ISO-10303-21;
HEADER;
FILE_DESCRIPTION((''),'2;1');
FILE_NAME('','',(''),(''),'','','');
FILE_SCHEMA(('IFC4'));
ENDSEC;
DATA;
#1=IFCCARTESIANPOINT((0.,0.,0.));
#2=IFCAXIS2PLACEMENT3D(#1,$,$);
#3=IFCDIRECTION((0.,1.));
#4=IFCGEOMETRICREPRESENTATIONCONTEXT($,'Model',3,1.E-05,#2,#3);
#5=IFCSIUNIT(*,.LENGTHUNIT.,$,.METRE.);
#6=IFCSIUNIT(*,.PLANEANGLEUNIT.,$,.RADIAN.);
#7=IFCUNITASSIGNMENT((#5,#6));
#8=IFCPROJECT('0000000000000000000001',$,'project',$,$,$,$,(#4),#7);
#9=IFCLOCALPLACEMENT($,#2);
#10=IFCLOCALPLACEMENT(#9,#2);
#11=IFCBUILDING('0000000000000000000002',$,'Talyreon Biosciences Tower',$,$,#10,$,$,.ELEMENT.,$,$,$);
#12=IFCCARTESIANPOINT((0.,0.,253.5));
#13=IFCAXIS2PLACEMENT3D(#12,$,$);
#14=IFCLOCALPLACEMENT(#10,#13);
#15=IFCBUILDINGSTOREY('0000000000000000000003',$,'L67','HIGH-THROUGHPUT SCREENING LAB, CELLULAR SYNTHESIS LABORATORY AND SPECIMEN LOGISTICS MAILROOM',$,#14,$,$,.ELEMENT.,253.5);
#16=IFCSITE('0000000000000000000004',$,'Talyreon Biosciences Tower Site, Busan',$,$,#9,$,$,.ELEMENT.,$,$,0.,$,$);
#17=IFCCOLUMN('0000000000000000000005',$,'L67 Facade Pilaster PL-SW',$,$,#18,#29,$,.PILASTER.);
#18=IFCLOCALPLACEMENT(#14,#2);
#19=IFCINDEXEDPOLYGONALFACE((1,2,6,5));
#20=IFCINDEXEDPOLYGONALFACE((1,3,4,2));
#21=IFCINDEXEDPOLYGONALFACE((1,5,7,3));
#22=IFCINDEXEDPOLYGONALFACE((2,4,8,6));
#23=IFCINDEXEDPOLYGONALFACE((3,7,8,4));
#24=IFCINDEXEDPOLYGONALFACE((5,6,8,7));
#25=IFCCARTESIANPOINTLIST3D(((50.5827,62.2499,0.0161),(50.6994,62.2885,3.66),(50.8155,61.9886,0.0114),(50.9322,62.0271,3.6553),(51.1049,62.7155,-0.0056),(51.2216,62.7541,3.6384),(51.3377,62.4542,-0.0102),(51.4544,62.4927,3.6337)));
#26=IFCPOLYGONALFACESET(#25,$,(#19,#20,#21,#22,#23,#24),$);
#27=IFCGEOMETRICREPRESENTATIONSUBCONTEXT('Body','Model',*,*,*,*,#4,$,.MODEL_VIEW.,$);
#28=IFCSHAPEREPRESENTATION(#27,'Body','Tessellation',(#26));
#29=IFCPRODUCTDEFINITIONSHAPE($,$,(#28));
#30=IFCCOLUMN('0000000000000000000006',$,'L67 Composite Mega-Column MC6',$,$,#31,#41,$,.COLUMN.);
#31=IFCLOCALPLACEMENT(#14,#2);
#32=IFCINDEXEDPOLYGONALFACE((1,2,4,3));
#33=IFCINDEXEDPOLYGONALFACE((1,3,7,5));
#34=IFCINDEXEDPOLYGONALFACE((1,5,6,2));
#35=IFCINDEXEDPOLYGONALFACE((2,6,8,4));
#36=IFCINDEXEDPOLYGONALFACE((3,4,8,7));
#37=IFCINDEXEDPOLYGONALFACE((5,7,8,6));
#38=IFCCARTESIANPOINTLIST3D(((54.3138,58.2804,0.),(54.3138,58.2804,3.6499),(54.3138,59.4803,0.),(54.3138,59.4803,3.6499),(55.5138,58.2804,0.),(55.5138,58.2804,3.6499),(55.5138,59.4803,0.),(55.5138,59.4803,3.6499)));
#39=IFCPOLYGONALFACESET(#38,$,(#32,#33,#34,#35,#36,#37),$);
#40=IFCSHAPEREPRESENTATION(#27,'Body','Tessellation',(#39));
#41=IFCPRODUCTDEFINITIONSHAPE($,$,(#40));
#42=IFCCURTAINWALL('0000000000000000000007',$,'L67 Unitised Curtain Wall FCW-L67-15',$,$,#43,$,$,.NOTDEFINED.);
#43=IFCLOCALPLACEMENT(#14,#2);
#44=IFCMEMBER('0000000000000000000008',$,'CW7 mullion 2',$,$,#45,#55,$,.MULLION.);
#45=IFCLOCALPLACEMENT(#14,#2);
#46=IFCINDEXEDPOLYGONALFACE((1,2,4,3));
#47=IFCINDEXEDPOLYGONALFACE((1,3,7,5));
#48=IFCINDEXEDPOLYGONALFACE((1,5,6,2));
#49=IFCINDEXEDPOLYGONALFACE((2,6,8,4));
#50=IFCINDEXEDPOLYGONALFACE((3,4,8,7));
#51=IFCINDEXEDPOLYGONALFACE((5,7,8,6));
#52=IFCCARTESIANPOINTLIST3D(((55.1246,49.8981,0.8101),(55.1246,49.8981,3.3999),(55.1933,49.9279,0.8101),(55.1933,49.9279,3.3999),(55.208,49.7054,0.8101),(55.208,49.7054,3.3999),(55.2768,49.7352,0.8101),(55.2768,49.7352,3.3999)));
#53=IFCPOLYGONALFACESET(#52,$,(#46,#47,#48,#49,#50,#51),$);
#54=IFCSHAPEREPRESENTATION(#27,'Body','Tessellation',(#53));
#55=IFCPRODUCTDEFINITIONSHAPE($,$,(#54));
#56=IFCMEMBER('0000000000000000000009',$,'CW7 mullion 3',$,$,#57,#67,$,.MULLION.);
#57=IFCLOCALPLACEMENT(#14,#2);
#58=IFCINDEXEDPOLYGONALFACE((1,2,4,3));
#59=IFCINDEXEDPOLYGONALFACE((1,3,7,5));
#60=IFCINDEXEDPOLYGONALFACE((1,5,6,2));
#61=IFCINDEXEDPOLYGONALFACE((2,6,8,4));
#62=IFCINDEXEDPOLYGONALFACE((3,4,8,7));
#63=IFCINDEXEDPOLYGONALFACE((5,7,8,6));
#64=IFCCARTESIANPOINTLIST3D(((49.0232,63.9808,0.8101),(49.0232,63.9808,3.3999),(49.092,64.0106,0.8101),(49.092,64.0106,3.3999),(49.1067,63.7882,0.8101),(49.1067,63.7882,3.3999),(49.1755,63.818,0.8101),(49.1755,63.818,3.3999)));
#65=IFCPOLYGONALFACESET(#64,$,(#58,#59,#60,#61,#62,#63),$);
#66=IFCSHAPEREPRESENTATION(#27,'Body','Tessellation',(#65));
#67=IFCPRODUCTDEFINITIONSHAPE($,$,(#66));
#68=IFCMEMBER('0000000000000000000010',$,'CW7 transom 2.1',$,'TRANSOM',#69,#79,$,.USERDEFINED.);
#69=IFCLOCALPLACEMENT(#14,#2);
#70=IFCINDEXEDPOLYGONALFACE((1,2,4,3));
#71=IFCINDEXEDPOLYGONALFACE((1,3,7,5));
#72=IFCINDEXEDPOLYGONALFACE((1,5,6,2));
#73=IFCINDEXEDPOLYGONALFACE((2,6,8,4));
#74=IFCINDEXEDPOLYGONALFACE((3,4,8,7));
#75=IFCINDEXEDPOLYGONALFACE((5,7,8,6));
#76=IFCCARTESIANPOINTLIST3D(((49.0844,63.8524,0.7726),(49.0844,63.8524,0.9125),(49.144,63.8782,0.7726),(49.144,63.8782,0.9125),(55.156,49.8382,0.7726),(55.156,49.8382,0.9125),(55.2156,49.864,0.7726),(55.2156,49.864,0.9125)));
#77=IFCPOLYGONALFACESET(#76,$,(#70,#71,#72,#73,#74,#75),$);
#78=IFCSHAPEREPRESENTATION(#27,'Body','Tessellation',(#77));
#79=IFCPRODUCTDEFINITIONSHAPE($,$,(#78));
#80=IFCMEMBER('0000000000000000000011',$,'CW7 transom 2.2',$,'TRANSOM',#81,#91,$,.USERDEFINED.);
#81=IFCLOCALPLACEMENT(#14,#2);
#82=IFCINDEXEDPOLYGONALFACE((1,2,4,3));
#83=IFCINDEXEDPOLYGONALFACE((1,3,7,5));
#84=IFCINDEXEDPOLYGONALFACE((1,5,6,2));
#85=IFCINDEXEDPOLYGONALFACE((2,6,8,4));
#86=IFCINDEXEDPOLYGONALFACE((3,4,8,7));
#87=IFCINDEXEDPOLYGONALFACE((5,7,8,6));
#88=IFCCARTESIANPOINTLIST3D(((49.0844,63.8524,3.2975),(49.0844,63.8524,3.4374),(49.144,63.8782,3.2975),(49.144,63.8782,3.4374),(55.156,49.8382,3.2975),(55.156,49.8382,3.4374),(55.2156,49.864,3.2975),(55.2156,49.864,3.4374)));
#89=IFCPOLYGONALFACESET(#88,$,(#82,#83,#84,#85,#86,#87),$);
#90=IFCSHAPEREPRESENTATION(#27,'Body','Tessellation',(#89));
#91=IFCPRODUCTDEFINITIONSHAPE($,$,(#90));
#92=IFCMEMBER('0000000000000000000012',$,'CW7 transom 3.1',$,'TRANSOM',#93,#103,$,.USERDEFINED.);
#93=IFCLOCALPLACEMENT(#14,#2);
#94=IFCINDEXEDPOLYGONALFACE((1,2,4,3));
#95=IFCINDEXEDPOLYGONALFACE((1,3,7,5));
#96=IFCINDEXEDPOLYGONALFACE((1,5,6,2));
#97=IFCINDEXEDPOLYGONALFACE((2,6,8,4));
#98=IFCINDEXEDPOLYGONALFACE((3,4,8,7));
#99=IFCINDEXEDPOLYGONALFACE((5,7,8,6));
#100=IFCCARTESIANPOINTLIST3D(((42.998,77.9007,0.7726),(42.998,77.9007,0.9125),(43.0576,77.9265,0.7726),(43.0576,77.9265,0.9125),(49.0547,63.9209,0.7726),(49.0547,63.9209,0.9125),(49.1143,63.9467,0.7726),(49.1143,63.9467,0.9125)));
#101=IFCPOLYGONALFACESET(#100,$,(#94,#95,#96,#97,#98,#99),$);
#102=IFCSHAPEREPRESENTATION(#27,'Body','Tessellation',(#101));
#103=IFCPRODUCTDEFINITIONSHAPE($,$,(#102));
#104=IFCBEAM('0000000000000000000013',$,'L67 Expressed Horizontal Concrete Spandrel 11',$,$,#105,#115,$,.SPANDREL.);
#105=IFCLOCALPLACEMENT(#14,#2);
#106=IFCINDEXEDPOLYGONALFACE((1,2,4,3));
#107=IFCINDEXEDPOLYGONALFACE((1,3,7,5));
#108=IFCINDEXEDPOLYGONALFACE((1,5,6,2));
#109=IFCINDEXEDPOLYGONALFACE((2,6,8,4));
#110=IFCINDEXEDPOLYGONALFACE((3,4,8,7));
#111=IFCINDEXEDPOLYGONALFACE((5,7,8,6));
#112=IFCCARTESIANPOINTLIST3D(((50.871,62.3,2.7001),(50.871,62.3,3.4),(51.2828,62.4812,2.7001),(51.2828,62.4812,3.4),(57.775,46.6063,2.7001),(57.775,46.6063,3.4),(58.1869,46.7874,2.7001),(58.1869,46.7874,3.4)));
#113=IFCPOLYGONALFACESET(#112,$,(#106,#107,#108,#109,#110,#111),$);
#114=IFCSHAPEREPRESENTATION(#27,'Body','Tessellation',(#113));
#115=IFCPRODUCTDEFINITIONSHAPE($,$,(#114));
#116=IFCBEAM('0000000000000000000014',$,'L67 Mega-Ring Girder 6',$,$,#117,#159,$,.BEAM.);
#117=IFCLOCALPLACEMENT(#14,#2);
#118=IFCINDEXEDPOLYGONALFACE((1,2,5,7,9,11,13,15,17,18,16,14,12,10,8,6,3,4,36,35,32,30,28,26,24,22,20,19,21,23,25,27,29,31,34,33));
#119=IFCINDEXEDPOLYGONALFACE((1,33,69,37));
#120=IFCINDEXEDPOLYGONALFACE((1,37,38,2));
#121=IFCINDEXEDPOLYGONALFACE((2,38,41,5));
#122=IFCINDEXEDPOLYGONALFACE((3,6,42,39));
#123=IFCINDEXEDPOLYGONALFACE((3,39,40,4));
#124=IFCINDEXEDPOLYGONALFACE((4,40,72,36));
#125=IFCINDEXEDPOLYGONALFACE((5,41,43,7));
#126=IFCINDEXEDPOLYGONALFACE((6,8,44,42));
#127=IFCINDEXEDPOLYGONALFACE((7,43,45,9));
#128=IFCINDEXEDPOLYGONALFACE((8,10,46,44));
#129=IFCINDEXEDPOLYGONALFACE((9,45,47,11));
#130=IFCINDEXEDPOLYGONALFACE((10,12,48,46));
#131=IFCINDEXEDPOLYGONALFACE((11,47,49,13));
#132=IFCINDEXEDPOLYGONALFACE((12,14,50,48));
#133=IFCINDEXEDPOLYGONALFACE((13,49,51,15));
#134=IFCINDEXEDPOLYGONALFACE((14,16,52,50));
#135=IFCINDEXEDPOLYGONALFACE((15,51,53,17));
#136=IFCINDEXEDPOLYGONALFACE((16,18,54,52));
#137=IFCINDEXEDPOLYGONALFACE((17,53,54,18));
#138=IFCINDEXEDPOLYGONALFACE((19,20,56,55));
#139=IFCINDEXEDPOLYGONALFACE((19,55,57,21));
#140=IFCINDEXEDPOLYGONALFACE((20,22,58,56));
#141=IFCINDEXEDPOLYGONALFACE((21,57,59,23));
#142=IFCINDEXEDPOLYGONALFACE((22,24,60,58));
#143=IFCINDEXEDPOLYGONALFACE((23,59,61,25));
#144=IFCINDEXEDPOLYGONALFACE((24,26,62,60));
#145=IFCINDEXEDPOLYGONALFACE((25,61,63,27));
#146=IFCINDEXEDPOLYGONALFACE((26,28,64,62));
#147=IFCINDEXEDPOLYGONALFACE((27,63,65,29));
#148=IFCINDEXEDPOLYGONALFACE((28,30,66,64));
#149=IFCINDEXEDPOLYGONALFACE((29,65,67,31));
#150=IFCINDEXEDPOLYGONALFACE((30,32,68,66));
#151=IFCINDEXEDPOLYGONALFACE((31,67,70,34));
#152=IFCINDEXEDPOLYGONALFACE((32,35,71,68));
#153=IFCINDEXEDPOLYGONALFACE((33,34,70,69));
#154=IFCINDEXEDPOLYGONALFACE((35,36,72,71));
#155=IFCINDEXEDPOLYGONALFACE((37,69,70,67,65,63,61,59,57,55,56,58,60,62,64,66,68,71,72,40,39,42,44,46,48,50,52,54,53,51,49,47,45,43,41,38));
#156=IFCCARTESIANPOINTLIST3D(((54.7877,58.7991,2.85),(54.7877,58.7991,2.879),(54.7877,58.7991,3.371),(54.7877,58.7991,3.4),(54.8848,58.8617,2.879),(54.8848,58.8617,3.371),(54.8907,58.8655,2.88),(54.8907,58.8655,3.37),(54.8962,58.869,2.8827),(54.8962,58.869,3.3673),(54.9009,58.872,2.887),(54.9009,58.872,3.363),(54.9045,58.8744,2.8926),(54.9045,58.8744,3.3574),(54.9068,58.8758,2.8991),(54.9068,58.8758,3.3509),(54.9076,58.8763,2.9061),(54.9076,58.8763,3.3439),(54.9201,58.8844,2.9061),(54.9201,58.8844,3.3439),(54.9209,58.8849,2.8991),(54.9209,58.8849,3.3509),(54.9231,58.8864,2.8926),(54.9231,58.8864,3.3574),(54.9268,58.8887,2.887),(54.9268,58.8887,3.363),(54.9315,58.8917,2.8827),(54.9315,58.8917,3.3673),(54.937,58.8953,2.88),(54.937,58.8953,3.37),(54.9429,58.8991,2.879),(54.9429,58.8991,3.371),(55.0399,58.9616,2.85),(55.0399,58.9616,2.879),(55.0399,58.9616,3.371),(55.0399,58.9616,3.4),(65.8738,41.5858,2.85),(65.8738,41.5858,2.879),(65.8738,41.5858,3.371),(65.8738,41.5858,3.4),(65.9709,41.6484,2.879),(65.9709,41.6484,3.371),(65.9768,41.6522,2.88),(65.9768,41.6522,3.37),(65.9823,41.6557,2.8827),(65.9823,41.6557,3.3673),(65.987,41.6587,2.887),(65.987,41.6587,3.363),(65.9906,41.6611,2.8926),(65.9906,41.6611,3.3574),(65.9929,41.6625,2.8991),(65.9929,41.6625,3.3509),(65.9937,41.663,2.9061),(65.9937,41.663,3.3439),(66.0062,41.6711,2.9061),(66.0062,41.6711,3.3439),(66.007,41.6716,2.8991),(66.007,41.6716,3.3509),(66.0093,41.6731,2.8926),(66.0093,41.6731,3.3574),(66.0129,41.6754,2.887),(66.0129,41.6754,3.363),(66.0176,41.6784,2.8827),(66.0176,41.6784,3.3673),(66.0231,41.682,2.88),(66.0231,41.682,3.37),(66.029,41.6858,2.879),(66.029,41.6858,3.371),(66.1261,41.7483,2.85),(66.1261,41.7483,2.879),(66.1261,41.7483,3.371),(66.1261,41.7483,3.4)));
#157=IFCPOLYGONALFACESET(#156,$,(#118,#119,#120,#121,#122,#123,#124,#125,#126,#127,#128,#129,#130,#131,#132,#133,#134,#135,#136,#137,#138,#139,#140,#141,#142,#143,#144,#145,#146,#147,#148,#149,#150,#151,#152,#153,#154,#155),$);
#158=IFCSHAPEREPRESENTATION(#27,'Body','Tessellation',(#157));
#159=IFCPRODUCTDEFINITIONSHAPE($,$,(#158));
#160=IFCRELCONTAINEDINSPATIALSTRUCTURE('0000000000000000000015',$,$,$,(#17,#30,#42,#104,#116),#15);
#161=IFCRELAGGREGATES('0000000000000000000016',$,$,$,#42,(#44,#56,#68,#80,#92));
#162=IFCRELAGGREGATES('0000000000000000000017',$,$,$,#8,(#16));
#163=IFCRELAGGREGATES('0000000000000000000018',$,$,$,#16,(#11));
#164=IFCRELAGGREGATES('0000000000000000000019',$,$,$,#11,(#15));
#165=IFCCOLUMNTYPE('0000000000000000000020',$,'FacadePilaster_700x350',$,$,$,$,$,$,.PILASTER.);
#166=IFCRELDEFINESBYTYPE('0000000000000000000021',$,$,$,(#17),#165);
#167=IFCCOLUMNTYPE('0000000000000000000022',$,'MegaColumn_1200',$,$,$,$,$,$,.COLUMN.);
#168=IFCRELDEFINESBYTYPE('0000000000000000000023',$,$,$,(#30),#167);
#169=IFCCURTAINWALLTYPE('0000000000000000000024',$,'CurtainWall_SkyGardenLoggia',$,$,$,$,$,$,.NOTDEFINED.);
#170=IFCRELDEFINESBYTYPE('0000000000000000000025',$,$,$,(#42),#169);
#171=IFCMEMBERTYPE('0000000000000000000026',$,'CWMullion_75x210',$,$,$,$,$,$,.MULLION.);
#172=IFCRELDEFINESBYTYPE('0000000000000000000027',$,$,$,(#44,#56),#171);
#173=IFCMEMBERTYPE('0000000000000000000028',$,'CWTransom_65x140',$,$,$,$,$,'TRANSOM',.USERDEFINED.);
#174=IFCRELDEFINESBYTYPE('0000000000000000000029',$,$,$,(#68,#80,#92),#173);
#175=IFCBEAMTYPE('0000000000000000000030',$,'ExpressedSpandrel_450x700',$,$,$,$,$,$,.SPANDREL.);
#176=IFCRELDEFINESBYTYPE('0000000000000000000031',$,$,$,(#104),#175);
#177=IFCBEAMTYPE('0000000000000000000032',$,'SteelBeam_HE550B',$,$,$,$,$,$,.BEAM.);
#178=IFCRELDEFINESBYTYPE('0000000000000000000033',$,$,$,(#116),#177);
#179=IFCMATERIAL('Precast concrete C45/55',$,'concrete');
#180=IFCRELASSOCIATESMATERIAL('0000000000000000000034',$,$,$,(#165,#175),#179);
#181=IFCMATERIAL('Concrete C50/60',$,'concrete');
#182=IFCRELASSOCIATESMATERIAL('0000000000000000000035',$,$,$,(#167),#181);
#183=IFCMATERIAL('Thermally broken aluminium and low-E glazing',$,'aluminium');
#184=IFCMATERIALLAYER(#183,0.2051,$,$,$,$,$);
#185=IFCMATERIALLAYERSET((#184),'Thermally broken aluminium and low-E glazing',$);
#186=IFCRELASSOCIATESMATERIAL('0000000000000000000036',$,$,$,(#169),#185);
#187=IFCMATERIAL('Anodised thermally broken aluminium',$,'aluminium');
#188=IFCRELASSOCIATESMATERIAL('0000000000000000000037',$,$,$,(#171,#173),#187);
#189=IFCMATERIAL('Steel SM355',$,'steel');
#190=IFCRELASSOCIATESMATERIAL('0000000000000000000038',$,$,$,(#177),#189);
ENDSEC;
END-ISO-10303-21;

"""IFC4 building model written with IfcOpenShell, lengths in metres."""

from ifc_helpers import new_model, si_unit, direction, frame, origin, origin_2d, place, context, subcontext, project, spatial, rectangle, i_section, extrude, material, layer, layer_set, material_profile, profile_set, type_object, element, aggregate, save


model = new_model("IFC4")

# Units and contexts
model_context = context("Model", 3, precision=1e-05, world=origin(), true_north=direction((0.0, 1.0)))
body_context = subcontext(model_context, "Body", "Model", "MODEL_VIEW")
ifc_project = project(units=[si_unit("LENGTHUNIT", "METRE"), si_unit("PLANEANGLEUNIT", "RADIAN")], contexts=[model_context])

# Site, building, storey
site_placement = place(None, origin())
site = spatial("IfcSite", under=ifc_project, at=site_placement, Name="Talyreon Biosciences Tower Site, Busan", CompositionType="ELEMENT", RefElevation=0.0)
building_placement = place(site_placement, origin())
building = spatial("IfcBuilding", under=site, at=building_placement, Name="Talyreon Biosciences Tower", CompositionType="ELEMENT")
storey_placement = place(building_placement, frame((0.0, 0.0, 253.5)))
storey = spatial("IfcBuildingStorey", under=building, at=storey_placement, Name="L67", Description="HIGH-THROUGHPUT SCREENING LAB, CELLULAR SYNTHESIS LABORATORY AND SPECIMEN LOGISTICS MAILROOM", CompositionType="ELEMENT", Elevation=253.5)

# Columns
ifc_material_1 = material(Name="Precast concrete C45/55", Category="concrete")
ifc_material_profile_1 = material_profile(ifc_material_1, rectangle(XDim=0.7, YDim=0.3501, at=origin_2d()), Name="RC 700x350")
ifc_profile_set_1 = profile_set([ifc_material_profile_1], Name="Precast concrete C45/55")
column_type_1 = type_object("IfcColumnType", Name="FacadePilaster_700x350", PredefinedType="PILASTER", material=ifc_profile_set_1)
column_1_placement = place(storey_placement, frame((50.9602, 62.3521, 0.0029), z_axis=(0.032006, 0.01058, 0.999432), x_axis=(0.746039, 0.665184, -0.030933)))
element("IfcColumn", 1, at=column_1_placement, inside=storey, type_object=column_type_1, Name="L67 Facade Pilaster PL-SW", PredefinedType="PILASTER", context=body_context, shape_type="SweptSolid", body=[
    extrude(rectangle(XDim=0.7, YDim=0.3501, at=origin_2d()), origin(), (0.0, 0.0, 1.0), 3.646),
])
ifc_material_2 = material(Name="Concrete C50/60", Category="concrete")
ifc_material_profile_2 = material_profile(ifc_material_2, rectangle(XDim=1.2, YDim=1.2, at=origin_2d()), Name="RC 1200x1200")
ifc_profile_set_2 = profile_set([ifc_material_profile_2], Name="Concrete C50/60")
column_type_2 = type_object("IfcColumnType", Name="MegaColumn_1200", PredefinedType="COLUMN", material=ifc_profile_set_2)
column_2_placement = place(storey_placement, frame((54.9138, 58.8804, 0.0), z_axis=(0.0, 0.0, 1.0), x_axis=(1.0, 0.0, 0.0)))
element("IfcColumn", 2, at=column_2_placement, inside=storey, type_object=column_type_2, Name="L67 Composite Mega-Column MC6", PredefinedType="COLUMN", context=body_context, shape_type="SweptSolid", body=[
    extrude(rectangle(XDim=1.2, YDim=1.2, at=origin_2d()), origin(), (0.0, 0.0, 1.0), 3.6499),
])

# Curtain wall, members
ifc_material_3 = material(Name="Thermally broken aluminium and low-E glazing", Category="aluminium")
ifc_layer_1 = layer(ifc_material_3, 0.2051)
ifc_layer_set_1 = layer_set([ifc_layer_1], Name="Thermally broken aluminium and low-E glazing")
curtain_wall_type = type_object("IfcCurtainWallType", Name="CurtainWall_SkyGardenLoggia", PredefinedType="NOTDEFINED", material=ifc_layer_set_1)
curtain_wall_placement = place(storey_placement, origin())
curtain_wall = element("IfcCurtainWall", 3, at=curtain_wall_placement, inside=storey, type_object=curtain_wall_type, Name="L67 Unitised Curtain Wall FCW-L67-15", PredefinedType="NOTDEFINED")
ifc_material_4 = material(Name="Anodised thermally broken aluminium", Category="aluminium")
ifc_material_profile_3 = material_profile(ifc_material_4, rectangle(XDim=0.075, YDim=0.21, at=origin_2d()), Name="ALUM MULLION 75x210")
ifc_profile_set_3 = profile_set([ifc_material_profile_3], Name="Anodised thermally broken aluminium")
member_type_1 = type_object("IfcMemberType", Name="CWMullion_75x210", PredefinedType="MULLION", material=ifc_profile_set_3)
member_1_placement = place(storey_placement, frame((55.2007, 49.8167, 0.8101), z_axis=(0.0, 0.0, 1.0), x_axis=(-0.917586, -0.397537, 0.0)))
member_1 = element("IfcMember", 4, at=member_1_placement, type_object=member_type_1, Name="CW7 mullion 2", PredefinedType="MULLION", context=body_context, shape_type="SweptSolid", body=[
    extrude(rectangle(XDim=0.075, YDim=0.21, at=origin_2d()), origin(), (0.0, 0.0, 1.0), 2.5898),
])
member_2_placement = place(storey_placement, frame((49.0994, 63.8994, 0.8101), z_axis=(0.0, 0.0, 1.0), x_axis=(-0.917586, -0.397537, 0.0)))
member_2 = element("IfcMember", 5, at=member_2_placement, type_object=member_type_1, Name="CW7 mullion 3", PredefinedType="MULLION", context=body_context, shape_type="SweptSolid", body=[
    extrude(rectangle(XDim=0.075, YDim=0.21, at=origin_2d()), origin(), (0.0, 0.0, 1.0), 2.5898),
])
ifc_material_profile_4 = material_profile(ifc_material_4, rectangle(XDim=0.0649, YDim=0.1399, at=origin_2d()), Name="ALUM TRANSOM 65x140")
ifc_profile_set_4 = profile_set([ifc_material_profile_4], Name="Anodised thermally broken aluminium")
member_type_2 = type_object("IfcMemberType", Name="CWTransom_65x140", ElementType="TRANSOM", PredefinedType="USERDEFINED", material=ifc_profile_set_4)
member_3_placement = place(storey_placement, frame((55.1858, 49.8511, 0.8425), z_axis=(-0.397537, 0.917586, 0.0), x_axis=(-0.917586, -0.397537, 0.0)))
member_3 = element("IfcMember", 6, at=member_3_placement, type_object=member_type_2, Name="CW7 transom 2.1", ObjectType="TRANSOM", PredefinedType="USERDEFINED", context=body_context, shape_type="SweptSolid", body=[
    extrude(rectangle(XDim=0.0649, YDim=0.1399, at=origin_2d()), origin(), (0.0, 0.0, 1.0), 15.2729),
])
member_4_placement = place(storey_placement, frame((55.1858, 49.8511, 3.3674), z_axis=(-0.397537, 0.917586, 0.0), x_axis=(-0.917586, -0.397537, 0.0)))
member_4 = element("IfcMember", 7, at=member_4_placement, type_object=member_type_2, Name="CW7 transom 2.2", ObjectType="TRANSOM", PredefinedType="USERDEFINED", context=body_context, shape_type="SweptSolid", body=[
    extrude(rectangle(XDim=0.0649, YDim=0.1399, at=origin_2d()), origin(), (0.0, 0.0, 1.0), 15.2729),
])
member_5_placement = place(storey_placement, frame((49.0845, 63.9338, 0.8425), z_axis=(-0.397539, 0.917585, 0.0), x_axis=(-0.917585, -0.397539, 0.0)))
member_5 = element("IfcMember", 8, at=member_5_placement, type_object=member_type_2, Name="CW7 transom 3.1", ObjectType="TRANSOM", PredefinedType="USERDEFINED", context=body_context, shape_type="SweptSolid", body=[
    extrude(rectangle(XDim=0.0649, YDim=0.1399, at=origin_2d()), origin(), (0.0, 0.0, 1.0), 15.2354),
])

# Beams
ifc_material_profile_5 = material_profile(ifc_material_1, rectangle(XDim=0.45, YDim=0.7, at=origin_2d()), Name="RCB 450x700")
ifc_profile_set_5 = profile_set([ifc_material_profile_5], Name="Precast concrete C45/55")
beam_type_1 = type_object("IfcBeamType", Name="ExpressedSpandrel_450x700", PredefinedType="SPANDREL", material=ifc_profile_set_5)
beam_1_placement = place(storey_placement, frame((51.0769, 62.3906, 3.05), z_axis=(0.402678, -0.915342, 0.0), x_axis=(0.915342, 0.402678, 0.0)))
element("IfcBeam", 9, at=beam_1_placement, inside=storey, type_object=beam_type_1, Name="L67 Expressed Horizontal Concrete Spandrel 11", PredefinedType="SPANDREL", context=body_context, shape_type="SweptSolid", body=[
    extrude(rectangle(XDim=0.45, YDim=0.7, at=origin_2d()), origin(), (0.0, 0.0, 1.0), 17.1453),
])
ifc_material_5 = material(Name="Steel SM355", Category="steel")
ifc_material_profile_6 = material_profile(ifc_material_5, i_section(OverallWidth=0.3, OverallDepth=0.55, WebThickness=0.0149, FlangeThickness=0.0291, FilletRadius=0.0271, at=origin_2d()), Name="HE550B")
ifc_profile_set_6 = profile_set([ifc_material_profile_6], Name="Steel SM355")
beam_type_2 = type_object("IfcBeamType", Name="SteelBeam_HE550B", PredefinedType="BEAM", material=ifc_profile_set_6)
beam_2_placement = place(storey_placement, frame((54.9138, 58.8804, 3.125), z_axis=(0.541464, -0.840724, 0.0), x_axis=(0.840724, 0.541464, 0.0)))
element("IfcBeam", 10, at=beam_2_placement, inside=storey, type_object=beam_type_2, Name="L67 Mega-Ring Girder 6", PredefinedType="BEAM", context=body_context, shape_type="SweptSolid", body=[
    extrude(i_section(OverallWidth=0.3, OverallDepth=0.55, WebThickness=0.0149, FlangeThickness=0.0291, FilletRadius=0.0271, at=origin_2d()), origin(), (0.0, 0.0, 1.0), 20.4744),
])

aggregate(curtain_wall, [member_1, member_2, member_3, member_4, member_5])

save(model, "model.ifc")
